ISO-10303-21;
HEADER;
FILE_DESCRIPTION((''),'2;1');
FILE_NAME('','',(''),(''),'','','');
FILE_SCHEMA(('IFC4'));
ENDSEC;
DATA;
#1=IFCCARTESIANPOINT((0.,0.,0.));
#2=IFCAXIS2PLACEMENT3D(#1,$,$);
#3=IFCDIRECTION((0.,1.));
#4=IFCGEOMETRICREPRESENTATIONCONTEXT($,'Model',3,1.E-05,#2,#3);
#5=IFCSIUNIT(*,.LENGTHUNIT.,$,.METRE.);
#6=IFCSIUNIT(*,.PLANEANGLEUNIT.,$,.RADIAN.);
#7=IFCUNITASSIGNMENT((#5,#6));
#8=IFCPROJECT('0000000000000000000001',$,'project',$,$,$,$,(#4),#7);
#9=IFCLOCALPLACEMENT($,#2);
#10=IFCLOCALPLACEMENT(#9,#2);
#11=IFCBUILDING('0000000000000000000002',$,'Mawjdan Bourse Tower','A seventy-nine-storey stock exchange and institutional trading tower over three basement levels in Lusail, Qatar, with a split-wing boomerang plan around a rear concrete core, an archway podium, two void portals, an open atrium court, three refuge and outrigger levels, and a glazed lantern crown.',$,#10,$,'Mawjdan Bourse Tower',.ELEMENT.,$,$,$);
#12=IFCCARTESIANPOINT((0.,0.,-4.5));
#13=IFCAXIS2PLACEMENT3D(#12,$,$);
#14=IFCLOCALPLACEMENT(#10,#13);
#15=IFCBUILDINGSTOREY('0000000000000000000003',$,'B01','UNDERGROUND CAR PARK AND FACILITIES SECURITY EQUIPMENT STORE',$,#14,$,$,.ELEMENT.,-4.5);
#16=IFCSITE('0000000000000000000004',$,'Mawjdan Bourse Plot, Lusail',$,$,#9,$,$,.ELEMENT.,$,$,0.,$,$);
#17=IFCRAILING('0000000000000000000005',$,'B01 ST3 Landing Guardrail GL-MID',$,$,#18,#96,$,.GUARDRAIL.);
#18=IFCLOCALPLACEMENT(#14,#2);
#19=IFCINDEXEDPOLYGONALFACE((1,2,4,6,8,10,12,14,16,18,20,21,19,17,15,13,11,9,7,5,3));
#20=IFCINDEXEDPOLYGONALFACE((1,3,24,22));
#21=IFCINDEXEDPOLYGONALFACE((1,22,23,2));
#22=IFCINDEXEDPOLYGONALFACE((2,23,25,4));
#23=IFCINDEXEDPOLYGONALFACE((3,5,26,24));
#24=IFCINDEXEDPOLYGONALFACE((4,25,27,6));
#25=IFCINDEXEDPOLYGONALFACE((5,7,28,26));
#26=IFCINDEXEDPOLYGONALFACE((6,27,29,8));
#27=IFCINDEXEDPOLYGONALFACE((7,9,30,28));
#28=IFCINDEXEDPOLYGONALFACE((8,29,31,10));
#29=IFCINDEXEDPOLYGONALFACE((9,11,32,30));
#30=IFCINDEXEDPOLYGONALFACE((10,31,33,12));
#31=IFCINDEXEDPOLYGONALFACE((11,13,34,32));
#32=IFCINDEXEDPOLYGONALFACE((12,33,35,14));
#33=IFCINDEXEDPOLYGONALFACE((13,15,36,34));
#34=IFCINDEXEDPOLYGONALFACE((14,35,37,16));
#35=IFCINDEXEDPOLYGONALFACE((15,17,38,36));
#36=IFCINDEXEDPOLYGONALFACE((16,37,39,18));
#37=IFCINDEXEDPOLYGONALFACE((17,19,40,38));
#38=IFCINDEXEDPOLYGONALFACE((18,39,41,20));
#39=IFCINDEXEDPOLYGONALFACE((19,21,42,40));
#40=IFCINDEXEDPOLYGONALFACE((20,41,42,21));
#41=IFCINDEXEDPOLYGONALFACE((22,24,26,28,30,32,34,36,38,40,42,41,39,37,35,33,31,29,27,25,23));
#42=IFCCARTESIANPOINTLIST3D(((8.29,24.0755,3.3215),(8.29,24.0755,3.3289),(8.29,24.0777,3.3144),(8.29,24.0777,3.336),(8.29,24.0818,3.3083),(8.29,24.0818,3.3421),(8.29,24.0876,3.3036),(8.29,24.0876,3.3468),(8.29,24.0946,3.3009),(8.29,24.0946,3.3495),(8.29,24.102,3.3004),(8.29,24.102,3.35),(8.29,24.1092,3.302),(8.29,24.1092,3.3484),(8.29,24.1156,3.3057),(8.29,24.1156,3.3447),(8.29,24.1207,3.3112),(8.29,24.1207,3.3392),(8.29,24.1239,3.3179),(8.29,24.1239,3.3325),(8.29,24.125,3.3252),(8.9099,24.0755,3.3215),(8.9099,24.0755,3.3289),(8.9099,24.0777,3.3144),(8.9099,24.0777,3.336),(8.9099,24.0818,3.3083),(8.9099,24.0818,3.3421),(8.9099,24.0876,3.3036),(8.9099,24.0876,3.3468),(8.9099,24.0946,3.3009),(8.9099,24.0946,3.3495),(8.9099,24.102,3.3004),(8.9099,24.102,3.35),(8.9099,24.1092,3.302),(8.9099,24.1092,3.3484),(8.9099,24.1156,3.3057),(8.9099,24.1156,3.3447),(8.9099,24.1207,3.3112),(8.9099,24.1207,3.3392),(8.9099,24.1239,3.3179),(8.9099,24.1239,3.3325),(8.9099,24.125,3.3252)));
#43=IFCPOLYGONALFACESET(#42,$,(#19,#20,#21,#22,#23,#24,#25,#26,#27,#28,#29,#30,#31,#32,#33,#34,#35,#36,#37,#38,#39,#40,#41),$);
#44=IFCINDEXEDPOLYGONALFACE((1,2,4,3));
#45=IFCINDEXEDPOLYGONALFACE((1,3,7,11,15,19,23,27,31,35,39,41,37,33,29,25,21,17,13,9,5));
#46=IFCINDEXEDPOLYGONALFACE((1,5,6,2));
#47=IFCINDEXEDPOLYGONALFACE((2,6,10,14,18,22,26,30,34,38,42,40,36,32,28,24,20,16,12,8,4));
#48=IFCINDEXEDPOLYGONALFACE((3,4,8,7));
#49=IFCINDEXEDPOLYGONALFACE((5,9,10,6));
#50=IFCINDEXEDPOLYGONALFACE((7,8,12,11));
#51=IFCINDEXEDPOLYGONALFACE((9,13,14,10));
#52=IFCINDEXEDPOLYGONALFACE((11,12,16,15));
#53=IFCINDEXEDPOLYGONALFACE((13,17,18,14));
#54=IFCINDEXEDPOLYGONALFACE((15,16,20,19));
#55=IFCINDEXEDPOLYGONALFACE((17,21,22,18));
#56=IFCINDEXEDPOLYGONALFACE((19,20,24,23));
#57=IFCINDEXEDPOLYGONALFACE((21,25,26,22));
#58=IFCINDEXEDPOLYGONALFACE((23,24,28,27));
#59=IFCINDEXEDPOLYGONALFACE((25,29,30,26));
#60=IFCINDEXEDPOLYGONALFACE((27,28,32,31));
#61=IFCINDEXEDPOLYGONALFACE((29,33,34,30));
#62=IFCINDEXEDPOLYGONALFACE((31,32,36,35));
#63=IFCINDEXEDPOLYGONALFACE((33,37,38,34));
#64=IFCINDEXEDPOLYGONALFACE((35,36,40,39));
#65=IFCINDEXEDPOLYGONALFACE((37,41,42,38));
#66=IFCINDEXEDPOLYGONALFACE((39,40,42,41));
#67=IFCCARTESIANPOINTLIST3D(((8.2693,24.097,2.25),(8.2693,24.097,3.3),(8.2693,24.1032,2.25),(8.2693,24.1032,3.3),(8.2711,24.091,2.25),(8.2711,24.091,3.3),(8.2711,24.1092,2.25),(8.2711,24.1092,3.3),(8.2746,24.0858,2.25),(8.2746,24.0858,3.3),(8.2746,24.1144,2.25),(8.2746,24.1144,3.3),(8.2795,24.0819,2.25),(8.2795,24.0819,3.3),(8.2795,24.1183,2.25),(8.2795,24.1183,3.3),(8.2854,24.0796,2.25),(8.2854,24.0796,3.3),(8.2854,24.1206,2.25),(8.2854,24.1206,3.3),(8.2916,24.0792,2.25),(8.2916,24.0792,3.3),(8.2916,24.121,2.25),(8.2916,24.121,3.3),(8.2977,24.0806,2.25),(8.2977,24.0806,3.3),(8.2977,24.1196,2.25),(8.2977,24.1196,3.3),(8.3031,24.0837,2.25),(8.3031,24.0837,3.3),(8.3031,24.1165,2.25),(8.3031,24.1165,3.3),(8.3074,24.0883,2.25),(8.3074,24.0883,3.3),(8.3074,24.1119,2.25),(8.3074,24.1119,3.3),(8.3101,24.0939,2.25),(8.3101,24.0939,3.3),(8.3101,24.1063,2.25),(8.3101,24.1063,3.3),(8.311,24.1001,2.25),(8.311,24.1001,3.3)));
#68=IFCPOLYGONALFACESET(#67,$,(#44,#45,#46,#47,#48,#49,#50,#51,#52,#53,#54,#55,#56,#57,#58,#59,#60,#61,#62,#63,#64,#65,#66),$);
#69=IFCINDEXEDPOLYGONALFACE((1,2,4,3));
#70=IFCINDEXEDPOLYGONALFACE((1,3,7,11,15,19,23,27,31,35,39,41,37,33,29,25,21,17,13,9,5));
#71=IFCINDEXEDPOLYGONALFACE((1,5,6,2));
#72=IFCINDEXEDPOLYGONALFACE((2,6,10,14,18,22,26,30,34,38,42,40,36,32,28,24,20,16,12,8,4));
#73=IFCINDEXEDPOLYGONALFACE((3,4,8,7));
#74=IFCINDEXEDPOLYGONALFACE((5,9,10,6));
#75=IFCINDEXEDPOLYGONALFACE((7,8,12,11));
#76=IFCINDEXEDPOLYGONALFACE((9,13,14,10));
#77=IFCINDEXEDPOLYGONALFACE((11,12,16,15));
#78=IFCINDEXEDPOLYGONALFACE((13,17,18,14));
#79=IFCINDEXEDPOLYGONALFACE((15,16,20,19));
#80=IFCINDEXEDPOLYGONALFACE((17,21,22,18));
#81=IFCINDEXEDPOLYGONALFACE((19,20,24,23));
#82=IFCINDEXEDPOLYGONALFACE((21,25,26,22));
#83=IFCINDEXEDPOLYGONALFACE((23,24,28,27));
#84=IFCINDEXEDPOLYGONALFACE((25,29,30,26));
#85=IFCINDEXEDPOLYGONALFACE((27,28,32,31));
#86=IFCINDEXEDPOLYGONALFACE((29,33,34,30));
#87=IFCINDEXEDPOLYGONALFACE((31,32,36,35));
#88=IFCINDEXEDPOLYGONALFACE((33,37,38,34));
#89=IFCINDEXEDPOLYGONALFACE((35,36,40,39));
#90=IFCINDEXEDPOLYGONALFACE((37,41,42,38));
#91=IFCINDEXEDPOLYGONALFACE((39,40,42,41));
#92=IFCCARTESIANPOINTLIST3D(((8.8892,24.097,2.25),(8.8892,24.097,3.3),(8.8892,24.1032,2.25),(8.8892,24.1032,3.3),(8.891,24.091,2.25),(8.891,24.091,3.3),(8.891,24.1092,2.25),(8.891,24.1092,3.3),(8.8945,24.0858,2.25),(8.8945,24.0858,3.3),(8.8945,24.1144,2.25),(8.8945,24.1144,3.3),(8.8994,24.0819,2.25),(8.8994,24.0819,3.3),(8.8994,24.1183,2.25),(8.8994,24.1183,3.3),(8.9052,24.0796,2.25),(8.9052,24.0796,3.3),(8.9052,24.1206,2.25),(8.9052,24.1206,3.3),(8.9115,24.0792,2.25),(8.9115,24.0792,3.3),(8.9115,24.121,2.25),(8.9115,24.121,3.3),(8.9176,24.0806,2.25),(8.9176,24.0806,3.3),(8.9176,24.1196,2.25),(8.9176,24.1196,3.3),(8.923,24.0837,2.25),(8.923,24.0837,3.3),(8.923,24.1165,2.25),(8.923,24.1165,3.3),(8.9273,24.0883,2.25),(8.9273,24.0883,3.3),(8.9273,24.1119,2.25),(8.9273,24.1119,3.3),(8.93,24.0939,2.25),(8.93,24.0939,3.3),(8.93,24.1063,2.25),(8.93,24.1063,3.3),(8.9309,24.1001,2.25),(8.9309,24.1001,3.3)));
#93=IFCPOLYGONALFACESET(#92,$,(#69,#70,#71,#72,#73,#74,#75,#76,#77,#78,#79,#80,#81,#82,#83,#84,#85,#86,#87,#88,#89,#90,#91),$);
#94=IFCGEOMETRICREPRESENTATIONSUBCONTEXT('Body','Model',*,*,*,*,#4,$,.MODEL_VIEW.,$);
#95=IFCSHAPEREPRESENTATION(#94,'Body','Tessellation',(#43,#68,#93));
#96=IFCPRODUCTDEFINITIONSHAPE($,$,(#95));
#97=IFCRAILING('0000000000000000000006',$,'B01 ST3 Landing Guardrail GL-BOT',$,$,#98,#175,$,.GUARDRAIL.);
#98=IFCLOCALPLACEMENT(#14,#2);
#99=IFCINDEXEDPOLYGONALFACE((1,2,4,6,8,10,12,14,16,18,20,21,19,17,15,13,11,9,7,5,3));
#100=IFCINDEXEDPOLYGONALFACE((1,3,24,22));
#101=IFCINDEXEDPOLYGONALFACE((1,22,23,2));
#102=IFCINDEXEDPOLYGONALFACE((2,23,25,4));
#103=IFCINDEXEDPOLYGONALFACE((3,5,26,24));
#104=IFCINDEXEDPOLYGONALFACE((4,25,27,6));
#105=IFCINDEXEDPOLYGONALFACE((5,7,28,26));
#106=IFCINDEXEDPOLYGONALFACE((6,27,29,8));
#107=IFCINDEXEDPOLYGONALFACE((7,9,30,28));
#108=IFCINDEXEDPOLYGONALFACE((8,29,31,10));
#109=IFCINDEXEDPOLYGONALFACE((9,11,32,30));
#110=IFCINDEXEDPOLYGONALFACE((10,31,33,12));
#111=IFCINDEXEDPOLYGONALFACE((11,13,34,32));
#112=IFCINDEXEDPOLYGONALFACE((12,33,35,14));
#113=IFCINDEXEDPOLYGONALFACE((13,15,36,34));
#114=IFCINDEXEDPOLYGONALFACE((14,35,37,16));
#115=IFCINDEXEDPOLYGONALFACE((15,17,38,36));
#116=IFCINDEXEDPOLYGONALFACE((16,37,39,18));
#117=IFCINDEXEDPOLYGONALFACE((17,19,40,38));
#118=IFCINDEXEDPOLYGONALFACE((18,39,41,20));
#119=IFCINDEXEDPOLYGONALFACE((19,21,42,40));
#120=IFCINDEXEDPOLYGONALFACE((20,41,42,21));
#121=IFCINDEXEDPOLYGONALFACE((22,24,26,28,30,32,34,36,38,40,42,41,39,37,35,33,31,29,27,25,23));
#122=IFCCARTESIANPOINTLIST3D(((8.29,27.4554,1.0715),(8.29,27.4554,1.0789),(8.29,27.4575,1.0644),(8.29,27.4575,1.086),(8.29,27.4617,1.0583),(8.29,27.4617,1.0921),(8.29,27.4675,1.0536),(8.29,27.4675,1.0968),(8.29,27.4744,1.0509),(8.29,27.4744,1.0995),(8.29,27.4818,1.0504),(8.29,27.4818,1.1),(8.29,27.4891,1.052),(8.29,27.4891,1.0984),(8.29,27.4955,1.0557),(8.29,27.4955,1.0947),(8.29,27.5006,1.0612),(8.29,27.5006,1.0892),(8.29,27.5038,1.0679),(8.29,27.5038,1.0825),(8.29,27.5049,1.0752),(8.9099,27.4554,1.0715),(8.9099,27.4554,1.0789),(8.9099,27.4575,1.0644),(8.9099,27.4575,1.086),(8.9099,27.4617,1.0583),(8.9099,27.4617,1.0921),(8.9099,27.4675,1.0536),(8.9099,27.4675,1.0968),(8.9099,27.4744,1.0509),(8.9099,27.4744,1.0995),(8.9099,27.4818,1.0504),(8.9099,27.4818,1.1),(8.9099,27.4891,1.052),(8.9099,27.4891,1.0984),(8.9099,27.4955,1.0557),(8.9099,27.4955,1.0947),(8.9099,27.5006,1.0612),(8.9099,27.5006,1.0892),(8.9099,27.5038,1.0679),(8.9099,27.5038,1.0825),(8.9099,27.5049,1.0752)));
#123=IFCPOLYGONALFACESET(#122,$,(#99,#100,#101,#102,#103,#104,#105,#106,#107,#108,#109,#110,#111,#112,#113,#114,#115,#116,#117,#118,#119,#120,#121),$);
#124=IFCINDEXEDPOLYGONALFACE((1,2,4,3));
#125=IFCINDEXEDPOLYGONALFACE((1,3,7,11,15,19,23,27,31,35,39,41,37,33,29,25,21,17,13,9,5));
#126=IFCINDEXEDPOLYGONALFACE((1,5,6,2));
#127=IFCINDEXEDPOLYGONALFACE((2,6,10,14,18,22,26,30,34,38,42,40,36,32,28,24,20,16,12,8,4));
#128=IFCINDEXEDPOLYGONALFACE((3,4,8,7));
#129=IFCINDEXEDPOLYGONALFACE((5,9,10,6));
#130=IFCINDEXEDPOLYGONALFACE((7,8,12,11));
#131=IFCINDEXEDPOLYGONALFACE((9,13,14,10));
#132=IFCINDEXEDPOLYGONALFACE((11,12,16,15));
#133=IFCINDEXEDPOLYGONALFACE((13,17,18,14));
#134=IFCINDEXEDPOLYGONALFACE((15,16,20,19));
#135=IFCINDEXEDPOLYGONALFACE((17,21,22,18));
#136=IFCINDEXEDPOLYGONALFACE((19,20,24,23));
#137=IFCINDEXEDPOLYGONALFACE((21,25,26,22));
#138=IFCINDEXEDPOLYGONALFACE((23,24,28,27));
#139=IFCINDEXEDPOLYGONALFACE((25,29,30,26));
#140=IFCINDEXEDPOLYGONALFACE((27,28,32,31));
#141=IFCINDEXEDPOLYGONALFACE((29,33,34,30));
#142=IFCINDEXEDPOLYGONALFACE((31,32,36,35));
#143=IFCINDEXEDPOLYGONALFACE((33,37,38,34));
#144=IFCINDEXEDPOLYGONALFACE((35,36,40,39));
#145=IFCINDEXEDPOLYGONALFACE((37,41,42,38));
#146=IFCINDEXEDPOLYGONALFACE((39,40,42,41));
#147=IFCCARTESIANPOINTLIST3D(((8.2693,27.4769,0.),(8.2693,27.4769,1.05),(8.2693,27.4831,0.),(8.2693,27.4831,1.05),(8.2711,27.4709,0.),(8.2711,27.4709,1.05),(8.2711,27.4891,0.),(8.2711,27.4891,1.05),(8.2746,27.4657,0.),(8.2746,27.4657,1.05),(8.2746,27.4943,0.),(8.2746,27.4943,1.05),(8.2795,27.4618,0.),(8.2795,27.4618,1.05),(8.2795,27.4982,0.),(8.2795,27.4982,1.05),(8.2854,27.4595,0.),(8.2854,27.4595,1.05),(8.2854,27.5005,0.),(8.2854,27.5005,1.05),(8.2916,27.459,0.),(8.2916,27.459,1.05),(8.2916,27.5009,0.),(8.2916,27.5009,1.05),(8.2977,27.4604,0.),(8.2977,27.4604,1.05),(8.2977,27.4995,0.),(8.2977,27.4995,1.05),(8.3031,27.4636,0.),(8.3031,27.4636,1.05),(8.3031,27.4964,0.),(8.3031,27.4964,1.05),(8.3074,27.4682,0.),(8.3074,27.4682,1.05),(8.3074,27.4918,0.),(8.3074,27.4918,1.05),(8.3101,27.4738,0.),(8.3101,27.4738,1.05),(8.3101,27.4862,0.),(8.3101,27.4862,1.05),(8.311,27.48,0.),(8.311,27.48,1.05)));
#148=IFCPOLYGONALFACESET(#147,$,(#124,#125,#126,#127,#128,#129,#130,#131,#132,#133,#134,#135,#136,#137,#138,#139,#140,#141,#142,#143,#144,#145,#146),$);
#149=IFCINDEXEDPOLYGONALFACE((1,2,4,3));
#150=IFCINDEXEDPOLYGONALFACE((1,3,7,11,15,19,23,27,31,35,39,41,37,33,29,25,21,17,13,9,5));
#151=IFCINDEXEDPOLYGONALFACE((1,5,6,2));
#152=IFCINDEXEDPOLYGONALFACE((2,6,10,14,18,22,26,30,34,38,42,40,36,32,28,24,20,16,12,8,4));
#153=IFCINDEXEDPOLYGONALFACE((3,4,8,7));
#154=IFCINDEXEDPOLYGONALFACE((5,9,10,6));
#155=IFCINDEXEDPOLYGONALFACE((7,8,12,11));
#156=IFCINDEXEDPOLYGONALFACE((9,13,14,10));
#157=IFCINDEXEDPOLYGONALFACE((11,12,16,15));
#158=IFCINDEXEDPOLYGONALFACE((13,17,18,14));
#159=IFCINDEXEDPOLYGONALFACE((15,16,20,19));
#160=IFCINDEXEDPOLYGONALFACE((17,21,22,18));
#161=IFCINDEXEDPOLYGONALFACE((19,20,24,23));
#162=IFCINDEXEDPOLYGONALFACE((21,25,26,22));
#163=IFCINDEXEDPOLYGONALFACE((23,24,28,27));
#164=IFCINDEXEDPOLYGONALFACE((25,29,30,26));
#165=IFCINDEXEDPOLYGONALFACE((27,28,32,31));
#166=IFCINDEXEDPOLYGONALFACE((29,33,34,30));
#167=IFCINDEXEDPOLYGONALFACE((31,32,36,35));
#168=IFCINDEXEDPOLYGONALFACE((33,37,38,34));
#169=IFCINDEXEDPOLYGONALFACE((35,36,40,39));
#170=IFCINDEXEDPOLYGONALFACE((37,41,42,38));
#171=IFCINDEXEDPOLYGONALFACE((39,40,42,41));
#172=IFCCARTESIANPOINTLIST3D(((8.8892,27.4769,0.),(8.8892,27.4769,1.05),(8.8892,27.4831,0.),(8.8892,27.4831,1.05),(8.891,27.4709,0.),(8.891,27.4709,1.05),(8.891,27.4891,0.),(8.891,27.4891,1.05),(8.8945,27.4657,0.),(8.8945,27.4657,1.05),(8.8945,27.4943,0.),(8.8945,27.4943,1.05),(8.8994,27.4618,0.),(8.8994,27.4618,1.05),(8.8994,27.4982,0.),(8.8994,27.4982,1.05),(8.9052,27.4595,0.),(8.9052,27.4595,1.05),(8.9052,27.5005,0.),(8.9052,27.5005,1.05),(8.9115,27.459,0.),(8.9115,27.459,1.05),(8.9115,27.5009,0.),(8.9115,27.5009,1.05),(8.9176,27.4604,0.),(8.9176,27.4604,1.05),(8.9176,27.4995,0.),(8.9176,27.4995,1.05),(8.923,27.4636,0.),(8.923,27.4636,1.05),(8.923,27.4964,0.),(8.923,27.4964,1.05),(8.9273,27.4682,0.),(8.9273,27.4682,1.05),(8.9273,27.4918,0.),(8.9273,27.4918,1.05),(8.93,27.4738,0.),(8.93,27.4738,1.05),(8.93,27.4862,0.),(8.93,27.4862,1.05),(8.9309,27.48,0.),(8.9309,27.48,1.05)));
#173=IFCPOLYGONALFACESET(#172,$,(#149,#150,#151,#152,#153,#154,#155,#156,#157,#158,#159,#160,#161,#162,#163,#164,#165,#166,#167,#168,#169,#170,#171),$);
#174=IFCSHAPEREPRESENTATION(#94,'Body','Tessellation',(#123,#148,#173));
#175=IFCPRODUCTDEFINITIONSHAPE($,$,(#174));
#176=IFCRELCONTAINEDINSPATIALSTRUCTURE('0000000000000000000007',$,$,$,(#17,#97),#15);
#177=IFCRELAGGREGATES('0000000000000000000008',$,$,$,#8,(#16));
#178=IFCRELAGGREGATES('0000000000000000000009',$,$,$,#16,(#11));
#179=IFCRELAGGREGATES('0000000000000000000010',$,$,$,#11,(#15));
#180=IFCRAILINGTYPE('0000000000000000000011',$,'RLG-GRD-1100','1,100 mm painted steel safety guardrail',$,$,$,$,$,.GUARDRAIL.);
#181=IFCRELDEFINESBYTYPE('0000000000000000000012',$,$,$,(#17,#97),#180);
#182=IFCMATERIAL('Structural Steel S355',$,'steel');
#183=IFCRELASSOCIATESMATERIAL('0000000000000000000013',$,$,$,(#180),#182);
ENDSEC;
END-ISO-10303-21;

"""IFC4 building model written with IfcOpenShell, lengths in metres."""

from ifc_helpers import new_model, si_unit, direction, frame, origin, origin_2d, place, context, subcontext, project, spatial, circle, extrude, material, type_object, element, save


model = new_model("IFC4")

# Units and contexts
model_context = context("Model", 3, precision=1e-05, world=origin(), true_north=direction((0.0, 1.0)))
body_context = subcontext(model_context, "Body", "Model", "MODEL_VIEW")
ifc_project = project(units=[si_unit("LENGTHUNIT", "METRE"), si_unit("PLANEANGLEUNIT", "RADIAN")], contexts=[model_context])

# Site, building, storey
site_placement = place(None, origin())
site = spatial("IfcSite", under=ifc_project, at=site_placement, Name="Mawjdan Bourse Plot, Lusail", CompositionType="ELEMENT", RefElevation=0.0)
building_placement = place(site_placement, origin())
building = spatial("IfcBuilding", under=site, at=building_placement, Name="Mawjdan Bourse Tower", Description="A seventy-nine-storey stock exchange and institutional trading tower over three basement levels in Lusail, Qatar, with a split-wing boomerang plan around a rear concrete core, an archway podium, two void portals, an open atrium court, three refuge and outrigger levels, and a glazed lantern crown.", LongName="Mawjdan Bourse Tower", CompositionType="ELEMENT")
storey_placement = place(building_placement, frame((0.0, 0.0, -4.5)))
storey = spatial("IfcBuildingStorey", under=building, at=storey_placement, Name="B01", Description="UNDERGROUND CAR PARK AND FACILITIES SECURITY EQUIPMENT STORE", CompositionType="ELEMENT", Elevation=-4.5)

# Railings
ifc_material_1 = material(Name="Structural Steel S355", Category="steel")
railing_type_1 = type_object("IfcRailingType", Name="RLG-GRD-1100", Description="1,100 mm painted steel safety guardrail", PredefinedType="GUARDRAIL", material=ifc_material_1)
for number, where, name in (
    (1, (8.29, 24.1001, 2.25), "B01 ST3 Landing Guardrail GL-MID"),
    (2, (8.29, 27.48, 0.0), "B01 ST3 Landing Guardrail GL-BOT"),
):
    element("IfcRailing", number, at=place(storey_placement, frame(where)), inside=storey, type_object=railing_type_1, Name=name, PredefinedType="GUARDRAIL", context=body_context, shape_type="SweptSolid", body=[
        extrude(circle(Radius=0.0249, at=origin_2d()), frame((0.0, 0.0, 1.0752), z_axis=(1.0, 0.0, 0.0), x_axis=(0.0, 1.0, 0.0)), (0.0, 0.0, 1.0), 0.6199),
        extrude(circle(Radius=0.021, at=origin_2d()), origin(), (0.0, 0.0, 1.0), 1.05),
        extrude(circle(Radius=0.021, at=origin_2d()), frame((0.6199, 0.0, 0.0)), (0.0, 0.0, 1.0), 1.05),
    ])

save(model, "model.ifc")
